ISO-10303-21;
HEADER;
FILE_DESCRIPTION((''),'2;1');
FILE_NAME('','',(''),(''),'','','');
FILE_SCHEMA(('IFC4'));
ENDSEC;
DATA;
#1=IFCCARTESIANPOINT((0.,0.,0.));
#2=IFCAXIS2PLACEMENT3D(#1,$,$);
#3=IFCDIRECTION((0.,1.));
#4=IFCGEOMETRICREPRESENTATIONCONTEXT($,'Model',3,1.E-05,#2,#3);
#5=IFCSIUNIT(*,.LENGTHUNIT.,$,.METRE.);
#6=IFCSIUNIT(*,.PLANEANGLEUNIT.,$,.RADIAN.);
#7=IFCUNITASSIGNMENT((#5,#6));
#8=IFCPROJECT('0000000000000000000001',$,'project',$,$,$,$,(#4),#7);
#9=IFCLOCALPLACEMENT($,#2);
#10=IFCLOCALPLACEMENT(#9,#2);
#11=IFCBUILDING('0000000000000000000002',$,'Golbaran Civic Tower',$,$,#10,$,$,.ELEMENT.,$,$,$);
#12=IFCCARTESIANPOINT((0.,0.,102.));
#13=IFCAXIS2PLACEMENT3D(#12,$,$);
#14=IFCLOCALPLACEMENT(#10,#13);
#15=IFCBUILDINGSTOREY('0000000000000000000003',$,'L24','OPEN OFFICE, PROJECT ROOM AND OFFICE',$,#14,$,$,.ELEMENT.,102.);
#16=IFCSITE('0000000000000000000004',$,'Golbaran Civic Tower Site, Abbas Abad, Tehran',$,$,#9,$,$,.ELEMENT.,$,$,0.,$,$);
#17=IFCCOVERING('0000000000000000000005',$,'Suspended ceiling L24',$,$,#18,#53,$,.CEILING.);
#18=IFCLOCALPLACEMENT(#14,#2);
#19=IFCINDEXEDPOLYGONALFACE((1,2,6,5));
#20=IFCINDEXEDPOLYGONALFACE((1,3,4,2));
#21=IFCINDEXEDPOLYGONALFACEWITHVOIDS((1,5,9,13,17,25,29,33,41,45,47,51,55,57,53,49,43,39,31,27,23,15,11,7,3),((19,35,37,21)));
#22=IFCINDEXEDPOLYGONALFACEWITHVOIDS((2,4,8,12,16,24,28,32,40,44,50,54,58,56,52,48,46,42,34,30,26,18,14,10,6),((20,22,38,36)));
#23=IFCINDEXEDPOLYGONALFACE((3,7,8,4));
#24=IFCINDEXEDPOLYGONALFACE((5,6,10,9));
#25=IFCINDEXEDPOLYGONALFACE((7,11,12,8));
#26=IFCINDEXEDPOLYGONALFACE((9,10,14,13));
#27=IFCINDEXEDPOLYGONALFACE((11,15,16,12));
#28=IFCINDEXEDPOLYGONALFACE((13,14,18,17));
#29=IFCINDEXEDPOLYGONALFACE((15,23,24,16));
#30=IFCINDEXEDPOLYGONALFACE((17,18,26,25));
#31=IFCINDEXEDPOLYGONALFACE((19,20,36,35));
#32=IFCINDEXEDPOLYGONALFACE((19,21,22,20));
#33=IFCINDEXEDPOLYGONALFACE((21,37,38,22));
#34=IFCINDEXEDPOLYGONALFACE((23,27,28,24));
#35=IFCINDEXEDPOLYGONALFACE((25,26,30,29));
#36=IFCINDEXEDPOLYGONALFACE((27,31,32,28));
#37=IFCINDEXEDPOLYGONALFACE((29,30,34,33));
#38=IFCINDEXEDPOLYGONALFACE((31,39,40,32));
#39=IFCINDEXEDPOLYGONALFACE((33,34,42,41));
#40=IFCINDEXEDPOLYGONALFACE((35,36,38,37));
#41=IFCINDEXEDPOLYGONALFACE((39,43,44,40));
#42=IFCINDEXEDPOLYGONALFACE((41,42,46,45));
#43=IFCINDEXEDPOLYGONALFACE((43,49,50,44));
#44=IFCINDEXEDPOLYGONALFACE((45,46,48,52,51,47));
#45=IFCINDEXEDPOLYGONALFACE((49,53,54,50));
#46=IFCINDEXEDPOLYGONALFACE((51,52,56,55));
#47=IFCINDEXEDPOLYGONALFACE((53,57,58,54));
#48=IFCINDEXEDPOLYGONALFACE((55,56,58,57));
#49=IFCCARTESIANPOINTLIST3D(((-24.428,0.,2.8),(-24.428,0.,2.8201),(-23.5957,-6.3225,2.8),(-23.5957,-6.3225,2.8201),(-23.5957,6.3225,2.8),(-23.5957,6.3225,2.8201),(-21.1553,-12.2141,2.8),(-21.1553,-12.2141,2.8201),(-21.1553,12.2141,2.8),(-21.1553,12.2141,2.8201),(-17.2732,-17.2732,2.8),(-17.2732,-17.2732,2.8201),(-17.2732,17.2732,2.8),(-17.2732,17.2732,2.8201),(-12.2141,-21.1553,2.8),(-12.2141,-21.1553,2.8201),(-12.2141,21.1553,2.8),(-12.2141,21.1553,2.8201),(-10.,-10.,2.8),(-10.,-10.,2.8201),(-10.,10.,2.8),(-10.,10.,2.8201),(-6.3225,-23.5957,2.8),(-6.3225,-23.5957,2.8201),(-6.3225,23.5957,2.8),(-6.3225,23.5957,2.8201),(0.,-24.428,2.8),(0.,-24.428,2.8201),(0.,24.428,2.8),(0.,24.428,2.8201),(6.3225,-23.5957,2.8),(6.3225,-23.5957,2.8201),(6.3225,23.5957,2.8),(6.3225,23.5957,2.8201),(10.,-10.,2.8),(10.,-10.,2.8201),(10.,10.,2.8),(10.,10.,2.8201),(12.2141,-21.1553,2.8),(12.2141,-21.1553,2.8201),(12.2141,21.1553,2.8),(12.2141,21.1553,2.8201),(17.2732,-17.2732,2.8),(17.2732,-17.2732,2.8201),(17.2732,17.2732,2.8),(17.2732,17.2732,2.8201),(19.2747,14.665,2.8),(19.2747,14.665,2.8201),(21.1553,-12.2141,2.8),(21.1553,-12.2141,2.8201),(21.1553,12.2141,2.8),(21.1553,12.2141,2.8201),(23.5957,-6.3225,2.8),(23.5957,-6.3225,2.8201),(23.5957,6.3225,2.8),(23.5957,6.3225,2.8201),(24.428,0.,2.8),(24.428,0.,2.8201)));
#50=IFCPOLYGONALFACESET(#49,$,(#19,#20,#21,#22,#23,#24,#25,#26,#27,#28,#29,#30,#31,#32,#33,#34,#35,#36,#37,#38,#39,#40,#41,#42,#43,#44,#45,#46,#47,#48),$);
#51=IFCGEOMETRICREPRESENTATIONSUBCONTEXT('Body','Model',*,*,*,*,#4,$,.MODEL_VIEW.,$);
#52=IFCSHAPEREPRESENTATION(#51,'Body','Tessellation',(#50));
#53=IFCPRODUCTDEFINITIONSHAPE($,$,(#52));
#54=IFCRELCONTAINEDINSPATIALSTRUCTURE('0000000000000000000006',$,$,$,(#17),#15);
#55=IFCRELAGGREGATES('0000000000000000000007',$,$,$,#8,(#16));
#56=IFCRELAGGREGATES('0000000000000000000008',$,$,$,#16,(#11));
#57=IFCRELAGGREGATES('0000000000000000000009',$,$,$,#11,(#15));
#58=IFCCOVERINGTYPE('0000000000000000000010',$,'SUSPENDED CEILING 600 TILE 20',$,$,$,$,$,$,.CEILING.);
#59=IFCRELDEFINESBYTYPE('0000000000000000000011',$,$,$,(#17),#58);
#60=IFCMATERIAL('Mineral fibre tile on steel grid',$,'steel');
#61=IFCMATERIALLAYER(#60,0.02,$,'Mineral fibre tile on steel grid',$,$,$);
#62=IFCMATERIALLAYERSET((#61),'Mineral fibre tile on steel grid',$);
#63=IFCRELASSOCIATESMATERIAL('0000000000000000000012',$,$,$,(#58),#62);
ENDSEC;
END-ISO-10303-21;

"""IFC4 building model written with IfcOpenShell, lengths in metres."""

from ifc_helpers import new_model, si_unit, direction, frame, origin, place, context, subcontext, project, spatial, polyline, outline, extrude, material, layer, layer_set, type_object, element, save


model = new_model("IFC4")

# Units and contexts
model_context = context("Model", 3, precision=1e-05, world=origin(), true_north=direction((0.0, 1.0)))
body_context = subcontext(model_context, "Body", "Model", "MODEL_VIEW")
ifc_project = project(units=[si_unit("LENGTHUNIT", "METRE"), si_unit("PLANEANGLEUNIT", "RADIAN")], contexts=[model_context])

# Site, building, storey
site_placement = place(None, origin())
site = spatial("IfcSite", under=ifc_project, at=site_placement, Name="Golbaran Civic Tower Site, Abbas Abad, Tehran", CompositionType="ELEMENT", RefElevation=0.0)
building_placement = place(site_placement, origin())
building = spatial("IfcBuilding", under=site, at=building_placement, Name="Golbaran Civic Tower", CompositionType="ELEMENT")
storey_placement = place(building_placement, frame((0.0, 0.0, 102.0)))
storey = spatial("IfcBuildingStorey", under=building, at=storey_placement, Name="L24", Description="OPEN OFFICE, PROJECT ROOM AND OFFICE", CompositionType="ELEMENT", Elevation=102.0)

# Covering
ifc_material_1 = material(Name="Mineral fibre tile on steel grid", Category="steel")
ifc_layer_1 = layer(ifc_material_1, 0.02, Name="Mineral fibre tile on steel grid")
ifc_layer_set_1 = layer_set([ifc_layer_1], Name="Mineral fibre tile on steel grid")
covering_type = type_object("IfcCoveringType", Name="SUSPENDED CEILING 600 TILE 20", PredefinedType="CEILING", material=ifc_layer_set_1)
covering_placement = place(storey_placement, frame((0.0, 0.0, 2.8)))
element("IfcCovering", 1, at=covering_placement, inside=storey, type_object=covering_type, Name="Suspended ceiling L24", PredefinedType="CEILING", context=body_context, shape_type="SweptSolid", body=[
    extrude(outline(polyline([(-17.2732, 17.2732), (-12.2141, 21.1553), (-6.3225, 23.5957), (0.0, 24.428), (6.3225, 23.5957), (12.2141, 21.1553), (17.2732, 17.2732), (19.2747, 14.665), (21.1553, 12.2141), (23.5957, 6.3225), (24.428, 0.0), (23.5957, -6.3225), (21.1553, -12.2141), (17.2732, -17.2732), (12.2141, -21.1553), (6.3225, -23.5957), (0.0, -24.428), (-6.3225, -23.5957), (-12.2141, -21.1553), (-17.2732, -17.2732), (-21.1553, -12.2141), (-23.5957, -6.3225), (-24.428, 0.0), (-23.5957, 6.3225), (-21.1553, 12.2141), (-17.2732, 17.2732)]), holes=[polyline([(-10.0, -10.0), (10.0, -10.0), (10.0, 10.0), (-10.0, 10.0), (-10.0, -10.0)])]), origin(), (0.0, 0.0, 1.0), 0.02),
])

save(model, "model.ifc")
